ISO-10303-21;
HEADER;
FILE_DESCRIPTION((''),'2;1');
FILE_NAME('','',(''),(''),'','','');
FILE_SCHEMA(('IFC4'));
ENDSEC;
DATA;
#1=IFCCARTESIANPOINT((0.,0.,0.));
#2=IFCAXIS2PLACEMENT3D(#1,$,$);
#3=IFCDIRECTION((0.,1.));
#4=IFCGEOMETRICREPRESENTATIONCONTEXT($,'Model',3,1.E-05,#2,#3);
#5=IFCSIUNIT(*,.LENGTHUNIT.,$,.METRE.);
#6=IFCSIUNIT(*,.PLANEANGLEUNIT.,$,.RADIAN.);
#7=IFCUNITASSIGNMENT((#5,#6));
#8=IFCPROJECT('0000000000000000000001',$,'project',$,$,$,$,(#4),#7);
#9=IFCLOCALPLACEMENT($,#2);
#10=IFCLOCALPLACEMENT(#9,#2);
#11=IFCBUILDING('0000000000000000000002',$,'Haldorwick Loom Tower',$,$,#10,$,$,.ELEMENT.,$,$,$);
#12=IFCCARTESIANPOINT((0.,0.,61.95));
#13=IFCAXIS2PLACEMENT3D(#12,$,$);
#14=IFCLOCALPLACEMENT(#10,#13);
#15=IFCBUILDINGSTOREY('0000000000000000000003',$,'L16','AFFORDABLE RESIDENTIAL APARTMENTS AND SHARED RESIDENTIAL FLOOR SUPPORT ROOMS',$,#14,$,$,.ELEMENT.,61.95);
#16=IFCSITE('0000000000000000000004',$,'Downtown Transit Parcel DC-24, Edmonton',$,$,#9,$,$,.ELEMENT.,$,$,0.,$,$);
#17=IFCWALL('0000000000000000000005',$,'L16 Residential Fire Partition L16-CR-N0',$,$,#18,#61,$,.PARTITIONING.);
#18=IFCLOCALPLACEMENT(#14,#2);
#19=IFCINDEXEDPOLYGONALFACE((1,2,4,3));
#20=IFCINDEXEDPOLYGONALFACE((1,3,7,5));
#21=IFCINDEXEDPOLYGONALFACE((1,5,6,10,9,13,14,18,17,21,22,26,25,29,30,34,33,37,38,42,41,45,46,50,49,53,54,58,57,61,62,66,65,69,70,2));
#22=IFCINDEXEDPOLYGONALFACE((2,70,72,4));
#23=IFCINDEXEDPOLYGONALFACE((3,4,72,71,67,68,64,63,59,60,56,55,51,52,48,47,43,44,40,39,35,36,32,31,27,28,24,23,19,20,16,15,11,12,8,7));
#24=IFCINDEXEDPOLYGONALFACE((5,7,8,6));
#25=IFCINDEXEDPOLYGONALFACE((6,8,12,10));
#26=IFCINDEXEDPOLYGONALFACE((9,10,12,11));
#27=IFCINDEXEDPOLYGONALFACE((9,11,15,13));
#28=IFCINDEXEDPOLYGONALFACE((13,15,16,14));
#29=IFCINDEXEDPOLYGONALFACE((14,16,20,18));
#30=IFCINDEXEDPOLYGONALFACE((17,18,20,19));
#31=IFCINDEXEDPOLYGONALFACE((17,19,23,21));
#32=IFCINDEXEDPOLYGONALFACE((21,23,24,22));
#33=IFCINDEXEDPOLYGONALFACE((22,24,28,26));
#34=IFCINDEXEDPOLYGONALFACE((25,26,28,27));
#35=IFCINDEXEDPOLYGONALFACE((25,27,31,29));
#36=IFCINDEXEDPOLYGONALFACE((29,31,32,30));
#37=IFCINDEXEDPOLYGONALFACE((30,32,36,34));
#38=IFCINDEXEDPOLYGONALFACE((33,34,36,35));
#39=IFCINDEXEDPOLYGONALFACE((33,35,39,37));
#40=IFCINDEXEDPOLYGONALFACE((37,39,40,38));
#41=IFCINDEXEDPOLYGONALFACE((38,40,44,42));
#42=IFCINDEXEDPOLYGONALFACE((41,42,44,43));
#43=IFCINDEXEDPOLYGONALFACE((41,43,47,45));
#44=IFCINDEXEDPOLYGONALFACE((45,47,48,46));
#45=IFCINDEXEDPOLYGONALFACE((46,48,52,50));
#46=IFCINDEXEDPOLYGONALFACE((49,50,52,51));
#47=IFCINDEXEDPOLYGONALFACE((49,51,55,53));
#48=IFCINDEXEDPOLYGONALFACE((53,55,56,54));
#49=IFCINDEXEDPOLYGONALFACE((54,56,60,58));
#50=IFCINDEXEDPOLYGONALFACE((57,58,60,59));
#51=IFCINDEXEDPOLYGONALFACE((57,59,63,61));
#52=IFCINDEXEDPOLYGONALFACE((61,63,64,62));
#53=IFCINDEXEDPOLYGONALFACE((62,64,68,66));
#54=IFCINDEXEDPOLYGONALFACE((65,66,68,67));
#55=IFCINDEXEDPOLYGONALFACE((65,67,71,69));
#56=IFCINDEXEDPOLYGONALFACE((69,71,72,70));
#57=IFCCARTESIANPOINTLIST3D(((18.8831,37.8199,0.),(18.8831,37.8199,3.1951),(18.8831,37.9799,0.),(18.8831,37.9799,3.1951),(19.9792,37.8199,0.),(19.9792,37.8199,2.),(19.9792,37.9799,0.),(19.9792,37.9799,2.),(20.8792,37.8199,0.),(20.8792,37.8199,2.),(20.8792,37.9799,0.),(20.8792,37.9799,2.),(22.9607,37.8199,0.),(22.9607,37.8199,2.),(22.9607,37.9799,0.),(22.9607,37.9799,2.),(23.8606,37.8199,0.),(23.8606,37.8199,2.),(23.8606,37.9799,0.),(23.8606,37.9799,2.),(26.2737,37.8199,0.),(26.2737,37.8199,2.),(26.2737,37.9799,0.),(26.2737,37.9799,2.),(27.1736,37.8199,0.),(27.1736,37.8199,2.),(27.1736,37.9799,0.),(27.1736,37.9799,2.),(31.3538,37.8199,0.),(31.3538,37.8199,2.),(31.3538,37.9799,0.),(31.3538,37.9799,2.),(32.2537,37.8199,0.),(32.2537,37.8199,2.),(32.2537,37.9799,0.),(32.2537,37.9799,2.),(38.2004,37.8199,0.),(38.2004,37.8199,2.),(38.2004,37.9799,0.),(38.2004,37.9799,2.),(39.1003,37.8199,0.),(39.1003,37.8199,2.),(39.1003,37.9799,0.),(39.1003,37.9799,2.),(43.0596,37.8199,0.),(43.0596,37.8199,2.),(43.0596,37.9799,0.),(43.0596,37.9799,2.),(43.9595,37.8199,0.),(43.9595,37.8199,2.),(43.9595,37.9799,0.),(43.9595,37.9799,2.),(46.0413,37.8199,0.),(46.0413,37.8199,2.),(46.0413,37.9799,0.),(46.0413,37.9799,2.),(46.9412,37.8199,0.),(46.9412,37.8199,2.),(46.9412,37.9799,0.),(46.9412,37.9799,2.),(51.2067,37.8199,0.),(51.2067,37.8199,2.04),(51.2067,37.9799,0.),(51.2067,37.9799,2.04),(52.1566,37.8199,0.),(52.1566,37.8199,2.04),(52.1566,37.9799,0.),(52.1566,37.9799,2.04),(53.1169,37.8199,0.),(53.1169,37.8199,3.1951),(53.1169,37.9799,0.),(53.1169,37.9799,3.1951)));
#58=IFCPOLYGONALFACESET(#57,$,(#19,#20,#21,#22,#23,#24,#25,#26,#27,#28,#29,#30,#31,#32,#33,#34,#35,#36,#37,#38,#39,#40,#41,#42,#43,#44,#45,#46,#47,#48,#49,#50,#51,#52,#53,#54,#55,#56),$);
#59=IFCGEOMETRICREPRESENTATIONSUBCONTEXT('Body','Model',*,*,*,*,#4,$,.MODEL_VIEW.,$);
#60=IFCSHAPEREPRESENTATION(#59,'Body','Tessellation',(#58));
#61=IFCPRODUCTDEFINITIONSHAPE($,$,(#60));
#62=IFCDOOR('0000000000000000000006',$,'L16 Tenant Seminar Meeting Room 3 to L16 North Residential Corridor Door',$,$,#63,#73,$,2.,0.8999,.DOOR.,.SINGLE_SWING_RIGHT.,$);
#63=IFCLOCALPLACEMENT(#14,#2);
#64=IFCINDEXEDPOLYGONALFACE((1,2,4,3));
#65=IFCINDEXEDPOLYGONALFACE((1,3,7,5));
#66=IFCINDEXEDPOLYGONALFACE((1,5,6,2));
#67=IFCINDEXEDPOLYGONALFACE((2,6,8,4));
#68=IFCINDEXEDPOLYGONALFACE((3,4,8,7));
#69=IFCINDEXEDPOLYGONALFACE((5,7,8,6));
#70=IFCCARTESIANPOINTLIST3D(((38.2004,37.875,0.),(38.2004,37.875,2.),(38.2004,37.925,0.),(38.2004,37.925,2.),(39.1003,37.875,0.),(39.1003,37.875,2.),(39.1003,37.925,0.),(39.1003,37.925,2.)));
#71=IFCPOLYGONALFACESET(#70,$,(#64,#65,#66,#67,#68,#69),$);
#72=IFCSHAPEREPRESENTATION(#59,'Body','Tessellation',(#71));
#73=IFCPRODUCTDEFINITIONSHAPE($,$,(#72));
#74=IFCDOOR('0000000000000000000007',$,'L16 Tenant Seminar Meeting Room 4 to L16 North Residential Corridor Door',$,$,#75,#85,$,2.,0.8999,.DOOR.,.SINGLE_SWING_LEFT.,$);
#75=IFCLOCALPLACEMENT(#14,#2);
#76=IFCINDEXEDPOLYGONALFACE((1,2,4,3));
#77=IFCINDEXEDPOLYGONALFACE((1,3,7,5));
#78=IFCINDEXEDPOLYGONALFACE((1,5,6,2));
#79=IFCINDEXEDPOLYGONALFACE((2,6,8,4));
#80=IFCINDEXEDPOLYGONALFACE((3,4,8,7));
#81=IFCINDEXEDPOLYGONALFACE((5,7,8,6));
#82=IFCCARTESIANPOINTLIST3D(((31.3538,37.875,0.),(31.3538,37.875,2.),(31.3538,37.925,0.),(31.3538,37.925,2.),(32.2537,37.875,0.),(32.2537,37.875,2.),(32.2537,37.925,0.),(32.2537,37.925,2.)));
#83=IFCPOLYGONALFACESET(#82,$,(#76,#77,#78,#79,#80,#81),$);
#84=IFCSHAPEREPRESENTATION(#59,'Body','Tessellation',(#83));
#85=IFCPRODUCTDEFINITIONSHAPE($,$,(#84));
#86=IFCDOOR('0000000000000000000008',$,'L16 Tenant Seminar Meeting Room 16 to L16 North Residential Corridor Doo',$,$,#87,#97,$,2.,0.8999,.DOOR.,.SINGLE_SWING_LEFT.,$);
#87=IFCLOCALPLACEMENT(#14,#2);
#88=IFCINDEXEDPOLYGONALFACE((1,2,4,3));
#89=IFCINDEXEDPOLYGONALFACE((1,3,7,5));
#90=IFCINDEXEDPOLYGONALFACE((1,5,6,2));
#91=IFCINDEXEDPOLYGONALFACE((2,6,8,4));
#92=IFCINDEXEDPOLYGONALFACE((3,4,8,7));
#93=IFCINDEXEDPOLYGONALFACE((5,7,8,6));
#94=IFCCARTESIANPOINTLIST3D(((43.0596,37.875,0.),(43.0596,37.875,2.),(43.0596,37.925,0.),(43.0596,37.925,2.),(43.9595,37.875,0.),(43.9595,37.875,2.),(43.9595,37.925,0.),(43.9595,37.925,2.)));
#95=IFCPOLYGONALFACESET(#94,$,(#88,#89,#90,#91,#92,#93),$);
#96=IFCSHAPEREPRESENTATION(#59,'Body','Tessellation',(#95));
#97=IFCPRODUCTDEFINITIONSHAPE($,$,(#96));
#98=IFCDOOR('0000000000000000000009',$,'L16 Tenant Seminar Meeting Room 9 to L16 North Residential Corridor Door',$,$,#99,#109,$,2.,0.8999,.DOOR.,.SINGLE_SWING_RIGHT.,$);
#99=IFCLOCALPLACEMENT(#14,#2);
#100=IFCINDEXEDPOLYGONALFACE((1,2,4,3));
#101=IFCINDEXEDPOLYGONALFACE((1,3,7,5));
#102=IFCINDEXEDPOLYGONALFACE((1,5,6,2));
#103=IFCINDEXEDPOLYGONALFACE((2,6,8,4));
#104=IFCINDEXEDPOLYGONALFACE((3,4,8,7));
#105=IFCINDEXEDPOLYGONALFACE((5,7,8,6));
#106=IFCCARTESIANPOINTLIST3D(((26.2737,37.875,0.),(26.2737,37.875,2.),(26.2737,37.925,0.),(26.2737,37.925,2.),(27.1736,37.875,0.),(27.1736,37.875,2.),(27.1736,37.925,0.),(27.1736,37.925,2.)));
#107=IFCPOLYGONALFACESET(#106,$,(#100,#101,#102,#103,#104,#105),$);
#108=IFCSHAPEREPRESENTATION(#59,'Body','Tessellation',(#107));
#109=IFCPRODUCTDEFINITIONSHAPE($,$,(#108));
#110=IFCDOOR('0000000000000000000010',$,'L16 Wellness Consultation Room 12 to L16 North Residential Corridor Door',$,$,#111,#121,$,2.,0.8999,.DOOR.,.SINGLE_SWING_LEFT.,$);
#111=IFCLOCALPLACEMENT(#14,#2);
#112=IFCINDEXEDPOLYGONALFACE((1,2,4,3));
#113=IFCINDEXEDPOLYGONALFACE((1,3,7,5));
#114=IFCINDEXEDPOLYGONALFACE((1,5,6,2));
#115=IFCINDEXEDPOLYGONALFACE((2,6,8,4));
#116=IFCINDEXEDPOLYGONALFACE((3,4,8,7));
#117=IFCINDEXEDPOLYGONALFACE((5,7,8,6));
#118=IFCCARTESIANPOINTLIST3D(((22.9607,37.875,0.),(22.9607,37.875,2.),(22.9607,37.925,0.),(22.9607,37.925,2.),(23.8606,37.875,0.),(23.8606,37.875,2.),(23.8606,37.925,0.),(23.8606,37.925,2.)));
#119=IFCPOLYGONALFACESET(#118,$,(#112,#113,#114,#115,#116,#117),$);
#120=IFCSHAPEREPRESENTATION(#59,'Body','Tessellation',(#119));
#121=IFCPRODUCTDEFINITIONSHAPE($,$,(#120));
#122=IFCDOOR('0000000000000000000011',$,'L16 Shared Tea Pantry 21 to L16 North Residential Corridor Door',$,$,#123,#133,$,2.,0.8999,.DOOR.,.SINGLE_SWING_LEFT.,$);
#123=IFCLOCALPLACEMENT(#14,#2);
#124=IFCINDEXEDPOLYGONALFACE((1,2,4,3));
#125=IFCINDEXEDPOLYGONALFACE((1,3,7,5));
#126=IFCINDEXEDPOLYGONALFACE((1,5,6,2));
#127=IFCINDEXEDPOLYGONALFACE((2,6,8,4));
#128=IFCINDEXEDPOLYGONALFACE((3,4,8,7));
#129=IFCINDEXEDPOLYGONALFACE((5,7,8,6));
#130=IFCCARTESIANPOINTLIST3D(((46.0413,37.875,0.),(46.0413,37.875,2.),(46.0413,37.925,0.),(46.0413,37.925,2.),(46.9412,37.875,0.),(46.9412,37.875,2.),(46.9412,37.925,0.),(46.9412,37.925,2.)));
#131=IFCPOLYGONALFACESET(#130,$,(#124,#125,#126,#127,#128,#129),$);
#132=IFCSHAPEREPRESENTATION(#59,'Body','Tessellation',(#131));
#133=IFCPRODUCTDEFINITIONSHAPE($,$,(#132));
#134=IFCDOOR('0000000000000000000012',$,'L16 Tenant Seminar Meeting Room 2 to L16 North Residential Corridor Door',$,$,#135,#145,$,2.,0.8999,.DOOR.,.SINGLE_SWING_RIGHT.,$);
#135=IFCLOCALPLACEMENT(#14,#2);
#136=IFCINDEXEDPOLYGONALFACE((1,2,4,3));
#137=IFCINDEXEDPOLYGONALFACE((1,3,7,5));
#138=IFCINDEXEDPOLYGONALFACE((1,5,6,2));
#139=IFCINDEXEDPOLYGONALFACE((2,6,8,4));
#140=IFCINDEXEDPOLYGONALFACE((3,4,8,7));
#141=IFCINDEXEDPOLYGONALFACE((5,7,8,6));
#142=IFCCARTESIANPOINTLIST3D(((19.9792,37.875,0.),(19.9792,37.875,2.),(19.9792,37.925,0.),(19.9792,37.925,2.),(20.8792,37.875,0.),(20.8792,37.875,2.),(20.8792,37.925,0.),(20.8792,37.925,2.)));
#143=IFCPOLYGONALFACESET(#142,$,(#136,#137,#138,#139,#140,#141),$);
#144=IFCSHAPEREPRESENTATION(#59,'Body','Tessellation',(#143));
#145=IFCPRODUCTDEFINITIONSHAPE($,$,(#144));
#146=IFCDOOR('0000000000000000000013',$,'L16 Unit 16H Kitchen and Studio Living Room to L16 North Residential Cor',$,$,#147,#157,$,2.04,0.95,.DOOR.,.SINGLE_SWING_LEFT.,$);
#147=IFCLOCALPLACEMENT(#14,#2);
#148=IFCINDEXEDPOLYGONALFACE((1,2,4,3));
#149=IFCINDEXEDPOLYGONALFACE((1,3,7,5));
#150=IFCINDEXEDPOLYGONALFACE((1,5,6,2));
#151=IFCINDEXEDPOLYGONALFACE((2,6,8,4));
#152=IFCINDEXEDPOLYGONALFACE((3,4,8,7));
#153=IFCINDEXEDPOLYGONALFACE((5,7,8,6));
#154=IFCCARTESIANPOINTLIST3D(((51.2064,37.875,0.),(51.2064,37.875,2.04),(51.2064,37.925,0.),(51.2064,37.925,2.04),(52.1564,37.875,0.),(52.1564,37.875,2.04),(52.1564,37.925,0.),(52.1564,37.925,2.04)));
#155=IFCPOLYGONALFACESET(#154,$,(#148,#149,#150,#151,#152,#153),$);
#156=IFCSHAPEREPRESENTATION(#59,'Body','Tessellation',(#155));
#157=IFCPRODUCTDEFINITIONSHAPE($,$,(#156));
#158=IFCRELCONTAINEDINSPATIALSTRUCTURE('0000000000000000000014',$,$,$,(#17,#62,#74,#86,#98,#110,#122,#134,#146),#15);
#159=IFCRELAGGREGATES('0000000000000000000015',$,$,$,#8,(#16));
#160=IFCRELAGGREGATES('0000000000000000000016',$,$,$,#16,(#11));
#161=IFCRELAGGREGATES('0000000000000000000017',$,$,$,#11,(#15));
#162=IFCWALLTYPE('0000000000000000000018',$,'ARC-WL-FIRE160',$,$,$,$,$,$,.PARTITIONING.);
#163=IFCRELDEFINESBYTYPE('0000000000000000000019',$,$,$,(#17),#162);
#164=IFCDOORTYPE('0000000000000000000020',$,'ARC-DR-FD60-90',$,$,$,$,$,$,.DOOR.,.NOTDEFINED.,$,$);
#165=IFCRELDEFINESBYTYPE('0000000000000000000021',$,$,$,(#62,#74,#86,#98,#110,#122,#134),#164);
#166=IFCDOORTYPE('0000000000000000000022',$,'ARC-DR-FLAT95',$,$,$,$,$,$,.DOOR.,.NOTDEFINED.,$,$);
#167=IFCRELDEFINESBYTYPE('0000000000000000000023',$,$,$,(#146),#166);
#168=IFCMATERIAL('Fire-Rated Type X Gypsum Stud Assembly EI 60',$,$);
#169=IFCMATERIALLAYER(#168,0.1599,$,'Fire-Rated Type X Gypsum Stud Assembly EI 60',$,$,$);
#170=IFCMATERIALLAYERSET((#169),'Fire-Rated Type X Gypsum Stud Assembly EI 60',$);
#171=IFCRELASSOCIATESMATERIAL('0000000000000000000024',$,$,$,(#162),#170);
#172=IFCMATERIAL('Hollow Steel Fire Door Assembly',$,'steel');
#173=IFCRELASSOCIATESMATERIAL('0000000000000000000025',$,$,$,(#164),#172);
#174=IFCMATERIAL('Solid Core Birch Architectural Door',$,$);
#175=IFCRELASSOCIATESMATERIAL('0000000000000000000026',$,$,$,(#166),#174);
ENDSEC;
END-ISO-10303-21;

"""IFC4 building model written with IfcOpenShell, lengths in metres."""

from ifc_helpers import new_model, si_unit, direction, frame, frame_2d, origin, place, context, subcontext, project, spatial, rectangle, extrude, material, layer, layer_set, type_object, element, fill, save


model = new_model("IFC4")

# Units and contexts
model_context = context("Model", 3, precision=1e-05, world=origin(), true_north=direction((0.0, 1.0)))
body_context = subcontext(model_context, "Body", "Model", "MODEL_VIEW")
ifc_project = project(units=[si_unit("LENGTHUNIT", "METRE"), si_unit("PLANEANGLEUNIT", "RADIAN")], contexts=[model_context])

# Site, building, storey
site_placement = place(None, origin())
site = spatial("IfcSite", under=ifc_project, at=site_placement, Name="Downtown Transit Parcel DC-24, Edmonton", CompositionType="ELEMENT", RefElevation=0.0)
building_placement = place(site_placement, origin())
building = spatial("IfcBuilding", under=site, at=building_placement, Name="Haldorwick Loom Tower", CompositionType="ELEMENT")
storey_placement = place(building_placement, frame((0.0, 0.0, 61.95)))
storey = spatial("IfcBuildingStorey", under=building, at=storey_placement, Name="L16", Description="AFFORDABLE RESIDENTIAL APARTMENTS AND SHARED RESIDENTIAL FLOOR SUPPORT ROOMS", CompositionType="ELEMENT", Elevation=61.95)

# Shared definitions
ifc_material_1 = material(Name="Fire-Rated Type X Gypsum Stud Assembly EI 60")
ifc_layer_1 = layer(ifc_material_1, 0.1599, Name="Fire-Rated Type X Gypsum Stud Assembly EI 60")
ifc_layer_set_1 = layer_set([ifc_layer_1], Name="Fire-Rated Type X Gypsum Stud Assembly EI 60")
wall_type_1 = type_object("IfcWallType", Name="ARC-WL-FIRE160", PredefinedType="PARTITIONING", material=ifc_layer_set_1)

# Wall, openings, doors
wall_1_placement = place(storey_placement, frame((18.8831, 37.8999, 0.0), z_axis=(0.0, 0.0, 1.0), x_axis=(1.0, 0.0, 0.0)))
wall_1 = element("IfcWall", 1, at=wall_1_placement, inside=storey, type_object=wall_type_1, Name="L16 Residential Fire Partition L16-CR-N0", PredefinedType="PARTITIONING", context=body_context, shape_type="SweptSolid", body=[
    extrude(rectangle(XDim=34.2339, YDim=0.1599, at=frame_2d((17.1169, 0.0))), origin(), (0.0, 0.0, 1.0), 3.1951),
])
opening_1_placement = place(wall_1_placement, frame((19.3174, 0.0, 0.0)))
opening_1 = element("IfcOpeningElement", 2, at=opening_1_placement, cuts=wall_1, PredefinedType="OPENING", context=body_context, shape_type="SweptSolid", body=[
    extrude(rectangle(XDim=0.8999, YDim=2.0, at=frame_2d((0.45, 1.0))), frame((0.0, 0.0898, 0.0), z_axis=(0.0, -1.0, 0.0), x_axis=(1.0, 0.0, 0.0)), (0.0, 0.0, 1.0), 0.1799),
])
opening_2_placement = place(wall_1_placement, frame((12.4707, 0.0, 0.0)))
opening_2 = element("IfcOpeningElement", 3, at=opening_2_placement, cuts=wall_1, PredefinedType="OPENING", context=body_context, shape_type="SweptSolid", body=[
    extrude(rectangle(XDim=0.8999, YDim=2.0, at=frame_2d((0.45, 1.0))), frame((0.0, 0.0898, 0.0), z_axis=(0.0, -1.0, 0.0), x_axis=(1.0, 0.0, 0.0)), (0.0, 0.0, 1.0), 0.1799),
])
opening_3_placement = place(wall_1_placement, frame((24.1765, 0.0, 0.0)))
opening_3 = element("IfcOpeningElement", 4, at=opening_3_placement, cuts=wall_1, PredefinedType="OPENING", context=body_context, shape_type="SweptSolid", body=[
    extrude(rectangle(XDim=0.8999, YDim=2.0, at=frame_2d((0.45, 1.0))), frame((0.0, 0.0898, 0.0), z_axis=(0.0, -1.0, 0.0), x_axis=(1.0, 0.0, 0.0)), (0.0, 0.0, 1.0), 0.1799),
])
opening_4_placement = place(wall_1_placement, frame((7.3906, 0.0, 0.0)))
opening_4 = element("IfcOpeningElement", 5, at=opening_4_placement, cuts=wall_1, PredefinedType="OPENING", context=body_context, shape_type="SweptSolid", body=[
    extrude(rectangle(XDim=0.8999, YDim=2.0, at=frame_2d((0.45, 1.0))), frame((0.0, 0.0898, 0.0), z_axis=(0.0, -1.0, 0.0), x_axis=(1.0, 0.0, 0.0)), (0.0, 0.0, 1.0), 0.1799),
])
opening_5_placement = place(wall_1_placement, frame((4.0776, 0.0, 0.0)))
opening_5 = element("IfcOpeningElement", 6, at=opening_5_placement, cuts=wall_1, PredefinedType="OPENING", context=body_context, shape_type="SweptSolid", body=[
    extrude(rectangle(XDim=0.8999, YDim=2.0, at=frame_2d((0.45, 1.0))), frame((0.0, 0.0898, 0.0), z_axis=(0.0, -1.0, 0.0), x_axis=(1.0, 0.0, 0.0)), (0.0, 0.0, 1.0), 0.1799),
])
opening_6_placement = place(wall_1_placement, frame((27.1582, 0.0, 0.0)))
opening_6 = element("IfcOpeningElement", 7, at=opening_6_placement, cuts=wall_1, PredefinedType="OPENING", context=body_context, shape_type="SweptSolid", body=[
    extrude(rectangle(XDim=0.8999, YDim=2.0, at=frame_2d((0.45, 1.0))), frame((0.0, 0.0898, 0.0), z_axis=(0.0, -1.0, 0.0), x_axis=(1.0, 0.0, 0.0)), (0.0, 0.0, 1.0), 0.1799),
])
opening_7_placement = place(wall_1_placement, frame((1.0962, 0.0, 0.0)))
opening_7 = element("IfcOpeningElement", 8, at=opening_7_placement, cuts=wall_1, PredefinedType="OPENING", context=body_context, shape_type="SweptSolid", body=[
    extrude(rectangle(XDim=0.8999, YDim=2.0, at=frame_2d((0.45, 1.0))), frame((0.0, 0.0898, 0.0), z_axis=(0.0, -1.0, 0.0), x_axis=(1.0, 0.0, 0.0)), (0.0, 0.0, 1.0), 0.1799),
])
opening_8_placement = place(wall_1_placement, frame((32.3235, 0.0, 0.0)))
opening_8 = element("IfcOpeningElement", 9, at=opening_8_placement, cuts=wall_1, PredefinedType="OPENING", context=body_context, shape_type="SweptSolid", body=[
    extrude(rectangle(XDim=0.95, YDim=2.04, at=frame_2d((0.4751, 1.02))), frame((0.0, 0.0898, 0.0), z_axis=(0.0, -1.0, 0.0), x_axis=(1.0, 0.0, 0.0)), (0.0, 0.0, 1.0), 0.1799),
])
ifc_material_2 = material(Name="Hollow Steel Fire Door Assembly", Category="steel")
door_type_1 = type_object("IfcDoorType", Name="ARC-DR-FD60-90", OperationType="NOTDEFINED", PredefinedType="DOOR", material=ifc_material_2)
door_1_placement = place(opening_1_placement, frame((0.8999, 0.0, 0.0), z_axis=(0.0, 0.0, 1.0), x_axis=(-1.0, 0.0, 0.0)))
door_1 = element("IfcDoor", 10, at=door_1_placement, inside=storey, type_object=door_type_1, Name="L16 Tenant Seminar Meeting Room 3 to L16 North Residential Corridor Door", OperationType="SINGLE_SWING_RIGHT", OverallHeight=2.0, OverallWidth=0.8999, PredefinedType="DOOR", context=body_context, shape_type="SweptSolid", body=[
    extrude(rectangle(XDim=0.8999, YDim=2.0, at=frame_2d((0.45, 1.0))), frame((0.0, 0.0249, 0.0), z_axis=(0.0, -1.0, 0.0), x_axis=(1.0, 0.0, 0.0)), (0.0, 0.0, 1.0), 0.05),
])
fill(opening_1, door_1)
door_2_placement = place(opening_2_placement, frame((0.8999, 0.0, 0.0), z_axis=(0.0, 0.0, 1.0), x_axis=(-1.0, 0.0, 0.0)))
door_2 = element("IfcDoor", 11, at=door_2_placement, inside=storey, type_object=door_type_1, Name="L16 Tenant Seminar Meeting Room 4 to L16 North Residential Corridor Door", OperationType="SINGLE_SWING_LEFT", OverallHeight=2.0, OverallWidth=0.8999, PredefinedType="DOOR", context=body_context, shape_type="SweptSolid", body=[
    extrude(rectangle(XDim=0.8999, YDim=2.0, at=frame_2d((0.45, 1.0))), frame((0.0, 0.0249, 0.0), z_axis=(0.0, -1.0, 0.0), x_axis=(1.0, 0.0, 0.0)), (0.0, 0.0, 1.0), 0.05),
])
fill(opening_2, door_2)
door_3_placement = place(opening_3_placement, frame((0.8999, 0.0, 0.0), z_axis=(0.0, 0.0, 1.0), x_axis=(-1.0, 0.0, 0.0)))
door_3 = element("IfcDoor", 12, at=door_3_placement, inside=storey, type_object=door_type_1, Name="L16 Tenant Seminar Meeting Room 16 to L16 North Residential Corridor Doo", OperationType="SINGLE_SWING_LEFT", OverallHeight=2.0, OverallWidth=0.8999, PredefinedType="DOOR", context=body_context, shape_type="SweptSolid", body=[
    extrude(rectangle(XDim=0.8999, YDim=2.0, at=frame_2d((0.45, 1.0))), frame((0.0, 0.0249, 0.0), z_axis=(0.0, -1.0, 0.0), x_axis=(1.0, 0.0, 0.0)), (0.0, 0.0, 1.0), 0.05),
])
fill(opening_3, door_3)
door_4_placement = place(opening_4_placement, frame((0.8999, 0.0, 0.0), z_axis=(0.0, 0.0, 1.0), x_axis=(-1.0, 0.0, 0.0)))
door_4 = element("IfcDoor", 13, at=door_4_placement, inside=storey, type_object=door_type_1, Name="L16 Tenant Seminar Meeting Room 9 to L16 North Residential Corridor Door", OperationType="SINGLE_SWING_RIGHT", OverallHeight=2.0, OverallWidth=0.8999, PredefinedType="DOOR", context=body_context, shape_type="SweptSolid", body=[
    extrude(rectangle(XDim=0.8999, YDim=2.0, at=frame_2d((0.45, 1.0))), frame((0.0, 0.0249, 0.0), z_axis=(0.0, -1.0, 0.0), x_axis=(1.0, 0.0, 0.0)), (0.0, 0.0, 1.0), 0.05),
])
fill(opening_4, door_4)
door_5_placement = place(opening_5_placement, frame((0.8999, 0.0, 0.0), z_axis=(0.0, 0.0, 1.0), x_axis=(-1.0, 0.0, 0.0)))
door_5 = element("IfcDoor", 14, at=door_5_placement, inside=storey, type_object=door_type_1, Name="L16 Wellness Consultation Room 12 to L16 North Residential Corridor Door", OperationType="SINGLE_SWING_LEFT", OverallHeight=2.0, OverallWidth=0.8999, PredefinedType="DOOR", context=body_context, shape_type="SweptSolid", body=[
    extrude(rectangle(XDim=0.8999, YDim=2.0, at=frame_2d((0.45, 1.0))), frame((0.0, 0.0249, 0.0), z_axis=(0.0, -1.0, 0.0), x_axis=(1.0, 0.0, 0.0)), (0.0, 0.0, 1.0), 0.05),
])
fill(opening_5, door_5)
door_6_placement = place(opening_6_placement, frame((0.8999, 0.0, 0.0), z_axis=(0.0, 0.0, 1.0), x_axis=(-1.0, 0.0, 0.0)))
door_6 = element("IfcDoor", 15, at=door_6_placement, inside=storey, type_object=door_type_1, Name="L16 Shared Tea Pantry 21 to L16 North Residential Corridor Door", OperationType="SINGLE_SWING_LEFT", OverallHeight=2.0, OverallWidth=0.8999, PredefinedType="DOOR", context=body_context, shape_type="SweptSolid", body=[
    extrude(rectangle(XDim=0.8999, YDim=2.0, at=frame_2d((0.45, 1.0))), frame((0.0, 0.0249, 0.0), z_axis=(0.0, -1.0, 0.0), x_axis=(1.0, 0.0, 0.0)), (0.0, 0.0, 1.0), 0.05),
])
fill(opening_6, door_6)
door_7_placement = place(opening_7_placement, frame((0.8999, 0.0, 0.0), z_axis=(0.0, 0.0, 1.0), x_axis=(-1.0, 0.0, 0.0)))
door_7 = element("IfcDoor", 16, at=door_7_placement, inside=storey, type_object=door_type_1, Name="L16 Tenant Seminar Meeting Room 2 to L16 North Residential Corridor Door", OperationType="SINGLE_SWING_RIGHT", OverallHeight=2.0, OverallWidth=0.8999, PredefinedType="DOOR", context=body_context, shape_type="SweptSolid", body=[
    extrude(rectangle(XDim=0.8999, YDim=2.0, at=frame_2d((0.45, 1.0))), frame((0.0, 0.0249, 0.0), z_axis=(0.0, -1.0, 0.0), x_axis=(1.0, 0.0, 0.0)), (0.0, 0.0, 1.0), 0.05),
])
fill(opening_7, door_7)
ifc_material_3 = material(Name="Solid Core Birch Architectural Door")
door_type_2 = type_object("IfcDoorType", Name="ARC-DR-FLAT95", OperationType="NOTDEFINED", PredefinedType="DOOR", material=ifc_material_3)
door_8_placement = place(opening_8_placement, frame((0.95, 0.0, 0.0), z_axis=(0.0, 0.0, 1.0), x_axis=(-1.0, 0.0, 0.0)))
door_8 = element("IfcDoor", 17, at=door_8_placement, inside=storey, type_object=door_type_2, Name="L16 Unit 16H Kitchen and Studio Living Room to L16 North Residential Cor", OperationType="SINGLE_SWING_LEFT", OverallHeight=2.04, OverallWidth=0.95, PredefinedType="DOOR", context=body_context, shape_type="SweptSolid", body=[
    extrude(rectangle(XDim=0.95, YDim=2.04, at=frame_2d((0.4751, 1.02))), frame((0.0, 0.0249, 0.0), z_axis=(0.0, -1.0, 0.0), x_axis=(1.0, 0.0, 0.0)), (0.0, 0.0, 1.0), 0.05),
])
fill(opening_8, door_8)

save(model, "model.ifc")
